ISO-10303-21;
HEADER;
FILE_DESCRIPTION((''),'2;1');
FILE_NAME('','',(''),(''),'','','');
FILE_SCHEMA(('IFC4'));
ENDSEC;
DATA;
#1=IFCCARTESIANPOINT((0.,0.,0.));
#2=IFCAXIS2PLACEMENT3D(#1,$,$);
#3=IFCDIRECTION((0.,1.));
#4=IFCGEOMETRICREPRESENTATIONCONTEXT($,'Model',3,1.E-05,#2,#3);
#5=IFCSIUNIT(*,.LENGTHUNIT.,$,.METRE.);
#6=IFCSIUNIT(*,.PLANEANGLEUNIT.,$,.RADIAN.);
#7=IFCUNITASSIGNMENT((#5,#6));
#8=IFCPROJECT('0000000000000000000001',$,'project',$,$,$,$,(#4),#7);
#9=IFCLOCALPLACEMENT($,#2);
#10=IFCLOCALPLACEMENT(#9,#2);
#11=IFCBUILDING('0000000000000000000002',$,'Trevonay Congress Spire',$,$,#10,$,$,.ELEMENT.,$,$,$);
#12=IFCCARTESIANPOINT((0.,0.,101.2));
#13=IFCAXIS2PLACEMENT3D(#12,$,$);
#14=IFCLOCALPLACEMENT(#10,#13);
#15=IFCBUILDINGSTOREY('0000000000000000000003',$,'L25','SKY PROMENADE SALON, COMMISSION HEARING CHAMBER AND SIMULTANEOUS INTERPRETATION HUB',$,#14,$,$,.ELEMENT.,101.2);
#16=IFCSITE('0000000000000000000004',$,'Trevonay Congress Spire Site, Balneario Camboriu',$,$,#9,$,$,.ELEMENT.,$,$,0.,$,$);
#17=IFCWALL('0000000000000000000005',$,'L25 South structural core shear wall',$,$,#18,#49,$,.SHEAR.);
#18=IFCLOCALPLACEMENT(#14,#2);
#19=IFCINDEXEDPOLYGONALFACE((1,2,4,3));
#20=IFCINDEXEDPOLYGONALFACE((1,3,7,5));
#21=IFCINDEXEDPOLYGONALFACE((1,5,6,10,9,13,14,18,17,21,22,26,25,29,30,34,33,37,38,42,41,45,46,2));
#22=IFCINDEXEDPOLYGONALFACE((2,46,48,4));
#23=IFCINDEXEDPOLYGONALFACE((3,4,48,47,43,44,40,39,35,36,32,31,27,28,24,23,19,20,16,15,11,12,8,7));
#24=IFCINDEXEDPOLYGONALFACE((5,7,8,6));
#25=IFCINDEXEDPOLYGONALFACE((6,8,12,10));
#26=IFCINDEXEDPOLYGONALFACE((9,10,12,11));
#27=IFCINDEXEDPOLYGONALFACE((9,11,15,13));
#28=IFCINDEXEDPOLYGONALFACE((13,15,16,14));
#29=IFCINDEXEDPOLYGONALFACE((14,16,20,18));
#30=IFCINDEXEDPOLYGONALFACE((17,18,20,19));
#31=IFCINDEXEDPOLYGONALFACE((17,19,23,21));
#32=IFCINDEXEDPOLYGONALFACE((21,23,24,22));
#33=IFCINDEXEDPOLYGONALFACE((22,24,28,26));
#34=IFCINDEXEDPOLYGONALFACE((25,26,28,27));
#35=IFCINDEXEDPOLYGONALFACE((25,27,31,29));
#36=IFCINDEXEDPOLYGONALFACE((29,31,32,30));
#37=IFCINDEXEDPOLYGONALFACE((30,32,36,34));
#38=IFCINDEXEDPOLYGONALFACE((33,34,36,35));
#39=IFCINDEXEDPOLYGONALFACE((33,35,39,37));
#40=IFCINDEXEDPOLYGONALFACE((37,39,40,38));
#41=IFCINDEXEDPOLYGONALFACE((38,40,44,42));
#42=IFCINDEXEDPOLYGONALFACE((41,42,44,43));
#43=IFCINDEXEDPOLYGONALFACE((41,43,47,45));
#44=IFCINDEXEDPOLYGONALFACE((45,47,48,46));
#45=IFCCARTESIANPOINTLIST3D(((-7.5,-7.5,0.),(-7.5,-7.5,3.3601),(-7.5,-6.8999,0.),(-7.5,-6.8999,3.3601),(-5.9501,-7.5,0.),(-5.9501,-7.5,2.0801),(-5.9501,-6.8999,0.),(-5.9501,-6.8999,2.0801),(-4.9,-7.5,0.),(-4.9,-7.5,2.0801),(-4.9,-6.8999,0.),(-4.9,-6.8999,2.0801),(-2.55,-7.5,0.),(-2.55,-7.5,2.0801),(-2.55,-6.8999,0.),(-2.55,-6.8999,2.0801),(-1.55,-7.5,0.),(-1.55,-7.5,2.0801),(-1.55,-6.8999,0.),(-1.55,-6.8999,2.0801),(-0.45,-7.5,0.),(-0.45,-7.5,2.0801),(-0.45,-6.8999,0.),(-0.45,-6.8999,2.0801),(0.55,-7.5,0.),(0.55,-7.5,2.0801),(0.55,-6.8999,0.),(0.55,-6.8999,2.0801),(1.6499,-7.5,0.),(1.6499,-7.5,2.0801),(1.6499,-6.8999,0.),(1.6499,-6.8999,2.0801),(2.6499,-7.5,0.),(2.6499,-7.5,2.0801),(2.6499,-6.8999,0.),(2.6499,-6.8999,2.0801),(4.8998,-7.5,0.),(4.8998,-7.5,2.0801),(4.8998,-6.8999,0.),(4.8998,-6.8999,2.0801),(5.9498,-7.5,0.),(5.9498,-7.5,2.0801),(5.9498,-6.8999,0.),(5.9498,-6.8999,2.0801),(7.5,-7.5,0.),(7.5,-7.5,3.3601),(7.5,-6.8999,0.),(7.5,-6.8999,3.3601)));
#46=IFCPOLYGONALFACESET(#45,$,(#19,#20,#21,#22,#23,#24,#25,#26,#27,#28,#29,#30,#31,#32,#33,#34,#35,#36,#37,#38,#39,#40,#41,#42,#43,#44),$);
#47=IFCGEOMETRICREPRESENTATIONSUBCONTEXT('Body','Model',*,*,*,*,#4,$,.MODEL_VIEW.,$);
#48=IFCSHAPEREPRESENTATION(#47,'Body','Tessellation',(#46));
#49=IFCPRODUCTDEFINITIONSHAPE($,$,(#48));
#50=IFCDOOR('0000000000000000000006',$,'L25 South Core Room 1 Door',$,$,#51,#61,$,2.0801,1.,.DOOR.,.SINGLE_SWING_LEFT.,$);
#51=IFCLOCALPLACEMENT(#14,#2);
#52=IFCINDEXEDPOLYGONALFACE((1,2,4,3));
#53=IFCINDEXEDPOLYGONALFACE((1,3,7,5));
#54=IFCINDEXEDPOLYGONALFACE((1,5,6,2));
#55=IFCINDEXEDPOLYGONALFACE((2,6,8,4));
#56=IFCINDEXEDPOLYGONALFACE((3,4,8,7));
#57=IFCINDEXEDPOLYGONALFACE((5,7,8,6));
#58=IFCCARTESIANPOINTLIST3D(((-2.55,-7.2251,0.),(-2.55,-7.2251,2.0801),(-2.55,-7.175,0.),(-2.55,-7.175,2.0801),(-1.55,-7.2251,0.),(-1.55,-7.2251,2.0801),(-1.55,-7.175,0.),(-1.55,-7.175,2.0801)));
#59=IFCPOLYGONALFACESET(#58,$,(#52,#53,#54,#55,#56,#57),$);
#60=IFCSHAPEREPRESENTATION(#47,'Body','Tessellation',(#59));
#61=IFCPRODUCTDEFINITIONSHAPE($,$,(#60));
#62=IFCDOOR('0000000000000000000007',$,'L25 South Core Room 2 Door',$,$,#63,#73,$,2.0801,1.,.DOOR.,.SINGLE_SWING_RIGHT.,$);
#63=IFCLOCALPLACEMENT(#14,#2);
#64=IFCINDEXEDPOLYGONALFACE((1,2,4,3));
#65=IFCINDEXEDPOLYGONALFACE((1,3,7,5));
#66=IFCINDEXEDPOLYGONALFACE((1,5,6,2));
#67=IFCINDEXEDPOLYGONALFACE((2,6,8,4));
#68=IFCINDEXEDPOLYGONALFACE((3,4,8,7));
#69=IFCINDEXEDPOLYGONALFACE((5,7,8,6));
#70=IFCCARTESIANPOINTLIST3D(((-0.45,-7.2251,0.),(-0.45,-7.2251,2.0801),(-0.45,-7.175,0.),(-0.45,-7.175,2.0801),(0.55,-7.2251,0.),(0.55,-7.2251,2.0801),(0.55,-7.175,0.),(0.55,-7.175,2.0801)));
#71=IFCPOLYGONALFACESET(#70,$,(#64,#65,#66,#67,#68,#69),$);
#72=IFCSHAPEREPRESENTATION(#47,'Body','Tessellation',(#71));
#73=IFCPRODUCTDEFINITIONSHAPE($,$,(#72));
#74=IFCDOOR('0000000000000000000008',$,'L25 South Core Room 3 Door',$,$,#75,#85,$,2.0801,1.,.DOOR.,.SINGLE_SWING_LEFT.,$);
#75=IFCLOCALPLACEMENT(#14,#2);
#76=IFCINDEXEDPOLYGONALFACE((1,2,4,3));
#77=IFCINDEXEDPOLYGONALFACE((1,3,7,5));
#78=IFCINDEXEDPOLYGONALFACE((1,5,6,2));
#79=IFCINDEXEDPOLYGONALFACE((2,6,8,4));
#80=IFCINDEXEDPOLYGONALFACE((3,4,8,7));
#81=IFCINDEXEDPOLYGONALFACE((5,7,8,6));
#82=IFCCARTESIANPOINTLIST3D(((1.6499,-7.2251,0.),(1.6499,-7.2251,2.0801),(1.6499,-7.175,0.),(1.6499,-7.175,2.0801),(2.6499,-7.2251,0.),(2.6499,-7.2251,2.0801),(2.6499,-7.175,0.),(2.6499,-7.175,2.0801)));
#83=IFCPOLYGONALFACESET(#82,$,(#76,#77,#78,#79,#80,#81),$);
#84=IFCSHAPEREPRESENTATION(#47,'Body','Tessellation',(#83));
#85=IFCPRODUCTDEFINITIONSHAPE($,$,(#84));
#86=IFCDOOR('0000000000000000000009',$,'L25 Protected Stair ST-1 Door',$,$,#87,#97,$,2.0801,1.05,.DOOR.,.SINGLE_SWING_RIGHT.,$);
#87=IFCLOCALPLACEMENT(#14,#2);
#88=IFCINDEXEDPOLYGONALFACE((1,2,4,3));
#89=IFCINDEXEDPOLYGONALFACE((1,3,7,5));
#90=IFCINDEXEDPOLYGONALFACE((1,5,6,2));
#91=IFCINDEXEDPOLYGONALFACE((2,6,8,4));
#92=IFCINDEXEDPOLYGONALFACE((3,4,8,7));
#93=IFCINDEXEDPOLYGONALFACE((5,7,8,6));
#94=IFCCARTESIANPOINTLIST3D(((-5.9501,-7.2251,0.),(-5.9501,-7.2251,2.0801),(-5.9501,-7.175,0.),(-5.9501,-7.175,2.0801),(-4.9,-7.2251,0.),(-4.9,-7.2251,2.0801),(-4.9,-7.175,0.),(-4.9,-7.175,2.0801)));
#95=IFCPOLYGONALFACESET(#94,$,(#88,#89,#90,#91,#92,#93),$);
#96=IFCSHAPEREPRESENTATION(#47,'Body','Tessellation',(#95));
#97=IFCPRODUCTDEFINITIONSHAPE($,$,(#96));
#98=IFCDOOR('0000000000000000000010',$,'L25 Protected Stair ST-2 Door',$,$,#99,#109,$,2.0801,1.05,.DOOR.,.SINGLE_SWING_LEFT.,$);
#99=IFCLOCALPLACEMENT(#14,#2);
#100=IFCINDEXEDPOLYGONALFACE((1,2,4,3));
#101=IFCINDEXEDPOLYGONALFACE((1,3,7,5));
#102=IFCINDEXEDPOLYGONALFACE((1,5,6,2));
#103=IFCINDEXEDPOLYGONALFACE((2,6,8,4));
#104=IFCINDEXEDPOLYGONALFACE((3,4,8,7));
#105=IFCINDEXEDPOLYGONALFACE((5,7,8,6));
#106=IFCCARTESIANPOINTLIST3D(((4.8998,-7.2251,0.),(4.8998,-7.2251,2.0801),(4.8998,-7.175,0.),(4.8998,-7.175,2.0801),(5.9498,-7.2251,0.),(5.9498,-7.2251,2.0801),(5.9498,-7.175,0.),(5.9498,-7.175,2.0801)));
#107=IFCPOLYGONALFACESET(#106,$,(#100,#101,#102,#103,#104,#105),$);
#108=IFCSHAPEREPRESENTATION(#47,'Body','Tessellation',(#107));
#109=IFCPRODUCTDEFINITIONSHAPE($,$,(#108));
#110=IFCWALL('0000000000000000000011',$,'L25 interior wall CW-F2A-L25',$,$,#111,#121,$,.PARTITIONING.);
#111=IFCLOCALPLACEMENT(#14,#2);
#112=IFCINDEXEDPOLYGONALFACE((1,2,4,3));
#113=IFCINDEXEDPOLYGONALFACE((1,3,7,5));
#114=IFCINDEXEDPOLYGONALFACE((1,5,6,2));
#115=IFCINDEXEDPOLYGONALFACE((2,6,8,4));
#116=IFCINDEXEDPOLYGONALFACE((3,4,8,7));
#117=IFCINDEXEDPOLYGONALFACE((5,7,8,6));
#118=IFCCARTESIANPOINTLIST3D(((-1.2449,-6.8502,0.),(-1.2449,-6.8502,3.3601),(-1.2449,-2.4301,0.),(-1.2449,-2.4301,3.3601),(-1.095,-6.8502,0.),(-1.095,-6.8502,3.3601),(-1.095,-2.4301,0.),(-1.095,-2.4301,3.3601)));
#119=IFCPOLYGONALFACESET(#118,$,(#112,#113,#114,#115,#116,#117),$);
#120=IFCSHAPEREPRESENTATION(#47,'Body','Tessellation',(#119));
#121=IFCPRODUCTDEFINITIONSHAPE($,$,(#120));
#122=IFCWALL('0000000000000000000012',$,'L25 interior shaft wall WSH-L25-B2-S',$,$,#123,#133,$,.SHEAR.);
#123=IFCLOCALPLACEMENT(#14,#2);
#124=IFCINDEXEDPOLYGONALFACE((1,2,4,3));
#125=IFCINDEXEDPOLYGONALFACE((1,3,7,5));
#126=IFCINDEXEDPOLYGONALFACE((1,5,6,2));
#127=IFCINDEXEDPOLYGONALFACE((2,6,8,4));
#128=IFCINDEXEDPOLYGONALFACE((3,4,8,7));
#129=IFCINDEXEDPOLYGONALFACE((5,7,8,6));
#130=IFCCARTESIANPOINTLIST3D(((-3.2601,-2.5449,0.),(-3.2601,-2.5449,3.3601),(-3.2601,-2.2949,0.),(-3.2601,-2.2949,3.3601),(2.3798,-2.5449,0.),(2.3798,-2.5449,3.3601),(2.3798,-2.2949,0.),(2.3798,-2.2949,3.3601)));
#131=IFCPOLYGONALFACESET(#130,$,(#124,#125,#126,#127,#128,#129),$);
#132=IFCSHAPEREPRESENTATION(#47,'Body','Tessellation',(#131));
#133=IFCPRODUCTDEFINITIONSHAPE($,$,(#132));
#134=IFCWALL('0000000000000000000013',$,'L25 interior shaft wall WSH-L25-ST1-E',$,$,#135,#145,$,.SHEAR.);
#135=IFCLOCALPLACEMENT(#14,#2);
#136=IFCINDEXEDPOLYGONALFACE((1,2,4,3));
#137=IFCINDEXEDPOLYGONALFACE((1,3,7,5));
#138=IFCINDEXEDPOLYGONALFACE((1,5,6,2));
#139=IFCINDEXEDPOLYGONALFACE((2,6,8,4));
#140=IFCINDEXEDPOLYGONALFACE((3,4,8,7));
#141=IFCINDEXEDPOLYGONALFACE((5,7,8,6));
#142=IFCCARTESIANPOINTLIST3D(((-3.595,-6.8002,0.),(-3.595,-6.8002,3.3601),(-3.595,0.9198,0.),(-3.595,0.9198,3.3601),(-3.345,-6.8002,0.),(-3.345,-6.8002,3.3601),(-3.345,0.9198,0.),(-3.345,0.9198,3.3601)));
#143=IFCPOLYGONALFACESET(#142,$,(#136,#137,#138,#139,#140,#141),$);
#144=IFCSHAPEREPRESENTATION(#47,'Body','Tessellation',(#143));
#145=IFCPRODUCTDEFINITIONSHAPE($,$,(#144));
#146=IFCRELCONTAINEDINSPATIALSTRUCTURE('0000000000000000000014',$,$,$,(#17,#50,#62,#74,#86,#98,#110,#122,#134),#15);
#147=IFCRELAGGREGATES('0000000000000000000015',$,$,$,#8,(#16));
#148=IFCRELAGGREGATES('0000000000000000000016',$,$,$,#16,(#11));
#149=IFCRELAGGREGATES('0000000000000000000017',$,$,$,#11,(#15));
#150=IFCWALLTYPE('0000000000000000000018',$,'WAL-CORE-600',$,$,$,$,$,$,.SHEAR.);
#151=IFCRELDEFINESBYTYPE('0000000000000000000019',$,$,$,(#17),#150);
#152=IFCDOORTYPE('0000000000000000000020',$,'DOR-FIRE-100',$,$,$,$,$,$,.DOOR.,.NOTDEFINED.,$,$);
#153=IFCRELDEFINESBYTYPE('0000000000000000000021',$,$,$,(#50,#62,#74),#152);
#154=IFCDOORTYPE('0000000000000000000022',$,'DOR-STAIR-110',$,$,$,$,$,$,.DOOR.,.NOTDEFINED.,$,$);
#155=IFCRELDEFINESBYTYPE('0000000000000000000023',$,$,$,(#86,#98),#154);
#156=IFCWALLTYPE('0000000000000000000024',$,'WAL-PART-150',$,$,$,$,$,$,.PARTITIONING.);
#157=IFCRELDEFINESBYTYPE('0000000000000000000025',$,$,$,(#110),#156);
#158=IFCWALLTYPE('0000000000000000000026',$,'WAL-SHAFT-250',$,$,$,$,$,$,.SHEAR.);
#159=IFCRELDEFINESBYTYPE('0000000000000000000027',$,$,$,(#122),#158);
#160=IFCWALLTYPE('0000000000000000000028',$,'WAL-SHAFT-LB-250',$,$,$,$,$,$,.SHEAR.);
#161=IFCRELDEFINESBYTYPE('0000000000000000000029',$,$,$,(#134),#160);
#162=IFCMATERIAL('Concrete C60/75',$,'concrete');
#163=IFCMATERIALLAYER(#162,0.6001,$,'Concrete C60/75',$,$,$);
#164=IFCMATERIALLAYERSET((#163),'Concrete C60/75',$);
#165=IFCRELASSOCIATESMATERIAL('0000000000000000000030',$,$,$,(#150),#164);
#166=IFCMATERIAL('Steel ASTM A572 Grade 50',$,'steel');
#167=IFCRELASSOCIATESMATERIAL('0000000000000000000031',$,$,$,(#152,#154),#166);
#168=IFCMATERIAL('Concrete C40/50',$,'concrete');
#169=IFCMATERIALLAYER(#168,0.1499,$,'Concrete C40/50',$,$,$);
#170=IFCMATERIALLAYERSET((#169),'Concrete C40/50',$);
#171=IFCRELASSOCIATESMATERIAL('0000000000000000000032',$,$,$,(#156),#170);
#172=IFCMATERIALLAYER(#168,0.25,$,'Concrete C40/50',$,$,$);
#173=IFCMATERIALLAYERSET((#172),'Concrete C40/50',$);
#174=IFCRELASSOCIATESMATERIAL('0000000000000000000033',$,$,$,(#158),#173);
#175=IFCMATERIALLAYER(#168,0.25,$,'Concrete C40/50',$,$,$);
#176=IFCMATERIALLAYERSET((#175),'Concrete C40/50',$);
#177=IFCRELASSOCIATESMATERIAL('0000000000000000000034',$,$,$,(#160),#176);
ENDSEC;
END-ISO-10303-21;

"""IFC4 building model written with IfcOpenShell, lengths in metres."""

from ifc_helpers import new_model, si_unit, direction, frame, frame_2d, origin, place, context, subcontext, project, spatial, rectangle, extrude, material, layer, layer_set, type_object, element, fill, save


model = new_model("IFC4")

# Units and contexts
model_context = context("Model", 3, precision=1e-05, world=origin(), true_north=direction((0.0, 1.0)))
body_context = subcontext(model_context, "Body", "Model", "MODEL_VIEW")
ifc_project = project(units=[si_unit("LENGTHUNIT", "METRE"), si_unit("PLANEANGLEUNIT", "RADIAN")], contexts=[model_context])

# Site, building, storey
site_placement = place(None, origin())
site = spatial("IfcSite", under=ifc_project, at=site_placement, Name="Trevonay Congress Spire Site, Balneario Camboriu", CompositionType="ELEMENT", RefElevation=0.0)
building_placement = place(site_placement, origin())
building = spatial("IfcBuilding", under=site, at=building_placement, Name="Trevonay Congress Spire", CompositionType="ELEMENT")
storey_placement = place(building_placement, frame((0.0, 0.0, 101.2)))
storey = spatial("IfcBuildingStorey", under=building, at=storey_placement, Name="L25", Description="SKY PROMENADE SALON, COMMISSION HEARING CHAMBER AND SIMULTANEOUS INTERPRETATION HUB", CompositionType="ELEMENT", Elevation=101.2)

# Shared definitions
ifc_material_1 = material(Name="Steel ASTM A572 Grade 50", Category="steel")

# Shared definitions
ifc_material_2 = material(Name="Concrete C40/50", Category="concrete")

# Wall, openings, doors
ifc_material_3 = material(Name="Concrete C60/75", Category="concrete")
ifc_layer_1 = layer(ifc_material_3, 0.6001, Name="Concrete C60/75")
ifc_layer_set_1 = layer_set([ifc_layer_1], Name="Concrete C60/75")
wall_type_1 = type_object("IfcWallType", Name="WAL-CORE-600", PredefinedType="SHEAR", material=ifc_layer_set_1)
wall_1_placement = place(storey_placement, frame((-7.5, -7.2, 0.0), z_axis=(0.0, 0.0, 1.0), x_axis=(1.0, 0.0, 0.0)))
wall_1 = element("IfcWall", 1, at=wall_1_placement, inside=storey, type_object=wall_type_1, Name="L25 South structural core shear wall", PredefinedType="SHEAR", context=body_context, shape_type="SweptSolid", body=[
    extrude(rectangle(XDim=15.0, YDim=0.6001, at=frame_2d((7.5, 0.0))), origin(), (0.0, 0.0, 1.0), 3.3601),
])
opening_1_placement = place(wall_1_placement, frame((1.55, 0.0, 0.0)))
opening_1 = element("IfcOpeningElement", 2, at=opening_1_placement, cuts=wall_1, PredefinedType="OPENING", context=body_context, shape_type="SweptSolid", body=[
    extrude(rectangle(XDim=1.05, YDim=2.0801, at=frame_2d((0.5249, 1.04))), frame((0.0, 0.3101, 0.0), z_axis=(0.0, -1.0, 0.0), x_axis=(1.0, 0.0, 0.0)), (0.0, 0.0, 1.0), 0.6201),
])
opening_2_placement = place(wall_1_placement, frame((12.3999, 0.0, 0.0)))
opening_2 = element("IfcOpeningElement", 3, at=opening_2_placement, cuts=wall_1, PredefinedType="OPENING", context=body_context, shape_type="SweptSolid", body=[
    extrude(rectangle(XDim=1.05, YDim=2.0801, at=frame_2d((0.5249, 1.04))), frame((0.0, 0.3101, 0.0), z_axis=(0.0, -1.0, 0.0), x_axis=(1.0, 0.0, 0.0)), (0.0, 0.0, 1.0), 0.6201),
])
opening_3_placement = place(wall_1_placement, frame((4.95, 0.0, 0.0)))
opening_3 = element("IfcOpeningElement", 4, at=opening_3_placement, cuts=wall_1, PredefinedType="OPENING", context=body_context, shape_type="SweptSolid", body=[
    extrude(rectangle(XDim=1.0, YDim=2.0801, at=frame_2d((0.5, 1.04))), frame((0.0, 0.3101, 0.0), z_axis=(0.0, -1.0, 0.0), x_axis=(1.0, 0.0, 0.0)), (0.0, 0.0, 1.0), 0.6201),
])
opening_4_placement = place(wall_1_placement, frame((7.05, 0.0, 0.0)))
opening_4 = element("IfcOpeningElement", 5, at=opening_4_placement, cuts=wall_1, PredefinedType="OPENING", context=body_context, shape_type="SweptSolid", body=[
    extrude(rectangle(XDim=1.0, YDim=2.0801, at=frame_2d((0.5, 1.04))), frame((0.0, 0.3101, 0.0), z_axis=(0.0, -1.0, 0.0), x_axis=(1.0, 0.0, 0.0)), (0.0, 0.0, 1.0), 0.6201),
])
opening_5_placement = place(wall_1_placement, frame((9.1499, 0.0, 0.0)))
opening_5 = element("IfcOpeningElement", 6, at=opening_5_placement, cuts=wall_1, PredefinedType="OPENING", context=body_context, shape_type="SweptSolid", body=[
    extrude(rectangle(XDim=1.0, YDim=2.0801, at=frame_2d((0.5, 1.04))), frame((0.0, 0.3101, 0.0), z_axis=(0.0, -1.0, 0.0), x_axis=(1.0, 0.0, 0.0)), (0.0, 0.0, 1.0), 0.6201),
])
door_type_1 = type_object("IfcDoorType", Name="DOR-FIRE-100", OperationType="NOTDEFINED", PredefinedType="DOOR", material=ifc_material_1)
door_1_placement = place(opening_3_placement, origin())
door_1 = element("IfcDoor", 7, at=door_1_placement, inside=storey, type_object=door_type_1, Name="L25 South Core Room 1 Door", OperationType="SINGLE_SWING_LEFT", OverallHeight=2.0801, OverallWidth=1.0, PredefinedType="DOOR", context=body_context, shape_type="SweptSolid", body=[
    extrude(rectangle(XDim=1.0, YDim=2.0801, at=frame_2d((0.5, 1.04))), frame((0.0, 0.0249, 0.0), z_axis=(0.0, -1.0, 0.0), x_axis=(1.0, 0.0, 0.0)), (0.0, 0.0, 1.0), 0.05),
])
fill(opening_3, door_1)
door_2_placement = place(opening_4_placement, origin())
door_2 = element("IfcDoor", 8, at=door_2_placement, inside=storey, type_object=door_type_1, Name="L25 South Core Room 2 Door", OperationType="SINGLE_SWING_RIGHT", OverallHeight=2.0801, OverallWidth=1.0, PredefinedType="DOOR", context=body_context, shape_type="SweptSolid", body=[
    extrude(rectangle(XDim=1.0, YDim=2.0801, at=frame_2d((0.5, 1.04))), frame((0.0, 0.0249, 0.0), z_axis=(0.0, -1.0, 0.0), x_axis=(1.0, 0.0, 0.0)), (0.0, 0.0, 1.0), 0.05),
])
fill(opening_4, door_2)
door_3_placement = place(opening_5_placement, origin())
door_3 = element("IfcDoor", 9, at=door_3_placement, inside=storey, type_object=door_type_1, Name="L25 South Core Room 3 Door", OperationType="SINGLE_SWING_LEFT", OverallHeight=2.0801, OverallWidth=1.0, PredefinedType="DOOR", context=body_context, shape_type="SweptSolid", body=[
    extrude(rectangle(XDim=1.0, YDim=2.0801, at=frame_2d((0.5, 1.04))), frame((0.0, 0.0249, 0.0), z_axis=(0.0, -1.0, 0.0), x_axis=(1.0, 0.0, 0.0)), (0.0, 0.0, 1.0), 0.05),
])
fill(opening_5, door_3)
door_type_2 = type_object("IfcDoorType", Name="DOR-STAIR-110", OperationType="NOTDEFINED", PredefinedType="DOOR", material=ifc_material_1)
door_4_placement = place(opening_1_placement, origin())
door_4 = element("IfcDoor", 10, at=door_4_placement, inside=storey, type_object=door_type_2, Name="L25 Protected Stair ST-1 Door", OperationType="SINGLE_SWING_RIGHT", OverallHeight=2.0801, OverallWidth=1.05, PredefinedType="DOOR", context=body_context, shape_type="SweptSolid", body=[
    extrude(rectangle(XDim=1.05, YDim=2.0801, at=frame_2d((0.5249, 1.04))), frame((0.0, 0.0249, 0.0), z_axis=(0.0, -1.0, 0.0), x_axis=(1.0, 0.0, 0.0)), (0.0, 0.0, 1.0), 0.05),
])
fill(opening_1, door_4)
door_5_placement = place(opening_2_placement, origin())
door_5 = element("IfcDoor", 11, at=door_5_placement, inside=storey, type_object=door_type_2, Name="L25 Protected Stair ST-2 Door", OperationType="SINGLE_SWING_LEFT", OverallHeight=2.0801, OverallWidth=1.05, PredefinedType="DOOR", context=body_context, shape_type="SweptSolid", body=[
    extrude(rectangle(XDim=1.05, YDim=2.0801, at=frame_2d((0.5249, 1.04))), frame((0.0, 0.0249, 0.0), z_axis=(0.0, -1.0, 0.0), x_axis=(1.0, 0.0, 0.0)), (0.0, 0.0, 1.0), 0.05),
])
fill(opening_2, door_5)

# Walls
ifc_layer_2 = layer(ifc_material_2, 0.1499, Name="Concrete C40/50")
ifc_layer_set_2 = layer_set([ifc_layer_2], Name="Concrete C40/50")
wall_type_2 = type_object("IfcWallType", Name="WAL-PART-150", PredefinedType="PARTITIONING", material=ifc_layer_set_2)
wall_2_placement = place(storey_placement, frame((-1.1699, -6.8501, 0.0), z_axis=(0.0, 0.0, 1.0), x_axis=(0.0, 1.0, 0.0)))
element("IfcWall", 12, at=wall_2_placement, inside=storey, type_object=wall_type_2, Name="L25 interior wall CW-F2A-L25", PredefinedType="PARTITIONING", context=body_context, shape_type="SweptSolid", body=[
    extrude(rectangle(XDim=4.4202, YDim=0.1499, at=frame_2d((2.21, 0.0))), origin(), (0.0, 0.0, 1.0), 3.3601),
])
ifc_layer_3 = layer(ifc_material_2, 0.25, Name="Concrete C40/50")
ifc_layer_set_3 = layer_set([ifc_layer_3], Name="Concrete C40/50")
wall_type_3 = type_object("IfcWallType", Name="WAL-SHAFT-250", PredefinedType="SHEAR", material=ifc_layer_set_3)
wall_3_placement = place(storey_placement, frame((-3.26, -2.4199, 0.0), z_axis=(0.0, 0.0, 1.0), x_axis=(1.0, 0.0, 0.0)))
element("IfcWall", 13, at=wall_3_placement, inside=storey, type_object=wall_type_3, Name="L25 interior shaft wall WSH-L25-B2-S", PredefinedType="SHEAR", context=body_context, shape_type="SweptSolid", body=[
    extrude(rectangle(XDim=5.6399, YDim=0.25, at=frame_2d((2.8198, 0.0))), origin(), (0.0, 0.0, 1.0), 3.3601),
])
ifc_layer_4 = layer(ifc_material_2, 0.25, Name="Concrete C40/50")
ifc_layer_set_4 = layer_set([ifc_layer_4], Name="Concrete C40/50")
wall_type_4 = type_object("IfcWallType", Name="WAL-SHAFT-LB-250", PredefinedType="SHEAR", material=ifc_layer_set_4)
wall_4_placement = place(storey_placement, frame((-3.47, -6.8, 0.0), z_axis=(0.0, 0.0, 1.0), x_axis=(0.0, 1.0, 0.0)))
element("IfcWall", 14, at=wall_4_placement, inside=storey, type_object=wall_type_4, Name="L25 interior shaft wall WSH-L25-ST1-E", PredefinedType="SHEAR", context=body_context, shape_type="SweptSolid", body=[
    extrude(rectangle(XDim=7.72, YDim=0.25, at=frame_2d((3.8599, 0.0))), origin(), (0.0, 0.0, 1.0), 3.3601),
])

save(model, "model.ifc")
